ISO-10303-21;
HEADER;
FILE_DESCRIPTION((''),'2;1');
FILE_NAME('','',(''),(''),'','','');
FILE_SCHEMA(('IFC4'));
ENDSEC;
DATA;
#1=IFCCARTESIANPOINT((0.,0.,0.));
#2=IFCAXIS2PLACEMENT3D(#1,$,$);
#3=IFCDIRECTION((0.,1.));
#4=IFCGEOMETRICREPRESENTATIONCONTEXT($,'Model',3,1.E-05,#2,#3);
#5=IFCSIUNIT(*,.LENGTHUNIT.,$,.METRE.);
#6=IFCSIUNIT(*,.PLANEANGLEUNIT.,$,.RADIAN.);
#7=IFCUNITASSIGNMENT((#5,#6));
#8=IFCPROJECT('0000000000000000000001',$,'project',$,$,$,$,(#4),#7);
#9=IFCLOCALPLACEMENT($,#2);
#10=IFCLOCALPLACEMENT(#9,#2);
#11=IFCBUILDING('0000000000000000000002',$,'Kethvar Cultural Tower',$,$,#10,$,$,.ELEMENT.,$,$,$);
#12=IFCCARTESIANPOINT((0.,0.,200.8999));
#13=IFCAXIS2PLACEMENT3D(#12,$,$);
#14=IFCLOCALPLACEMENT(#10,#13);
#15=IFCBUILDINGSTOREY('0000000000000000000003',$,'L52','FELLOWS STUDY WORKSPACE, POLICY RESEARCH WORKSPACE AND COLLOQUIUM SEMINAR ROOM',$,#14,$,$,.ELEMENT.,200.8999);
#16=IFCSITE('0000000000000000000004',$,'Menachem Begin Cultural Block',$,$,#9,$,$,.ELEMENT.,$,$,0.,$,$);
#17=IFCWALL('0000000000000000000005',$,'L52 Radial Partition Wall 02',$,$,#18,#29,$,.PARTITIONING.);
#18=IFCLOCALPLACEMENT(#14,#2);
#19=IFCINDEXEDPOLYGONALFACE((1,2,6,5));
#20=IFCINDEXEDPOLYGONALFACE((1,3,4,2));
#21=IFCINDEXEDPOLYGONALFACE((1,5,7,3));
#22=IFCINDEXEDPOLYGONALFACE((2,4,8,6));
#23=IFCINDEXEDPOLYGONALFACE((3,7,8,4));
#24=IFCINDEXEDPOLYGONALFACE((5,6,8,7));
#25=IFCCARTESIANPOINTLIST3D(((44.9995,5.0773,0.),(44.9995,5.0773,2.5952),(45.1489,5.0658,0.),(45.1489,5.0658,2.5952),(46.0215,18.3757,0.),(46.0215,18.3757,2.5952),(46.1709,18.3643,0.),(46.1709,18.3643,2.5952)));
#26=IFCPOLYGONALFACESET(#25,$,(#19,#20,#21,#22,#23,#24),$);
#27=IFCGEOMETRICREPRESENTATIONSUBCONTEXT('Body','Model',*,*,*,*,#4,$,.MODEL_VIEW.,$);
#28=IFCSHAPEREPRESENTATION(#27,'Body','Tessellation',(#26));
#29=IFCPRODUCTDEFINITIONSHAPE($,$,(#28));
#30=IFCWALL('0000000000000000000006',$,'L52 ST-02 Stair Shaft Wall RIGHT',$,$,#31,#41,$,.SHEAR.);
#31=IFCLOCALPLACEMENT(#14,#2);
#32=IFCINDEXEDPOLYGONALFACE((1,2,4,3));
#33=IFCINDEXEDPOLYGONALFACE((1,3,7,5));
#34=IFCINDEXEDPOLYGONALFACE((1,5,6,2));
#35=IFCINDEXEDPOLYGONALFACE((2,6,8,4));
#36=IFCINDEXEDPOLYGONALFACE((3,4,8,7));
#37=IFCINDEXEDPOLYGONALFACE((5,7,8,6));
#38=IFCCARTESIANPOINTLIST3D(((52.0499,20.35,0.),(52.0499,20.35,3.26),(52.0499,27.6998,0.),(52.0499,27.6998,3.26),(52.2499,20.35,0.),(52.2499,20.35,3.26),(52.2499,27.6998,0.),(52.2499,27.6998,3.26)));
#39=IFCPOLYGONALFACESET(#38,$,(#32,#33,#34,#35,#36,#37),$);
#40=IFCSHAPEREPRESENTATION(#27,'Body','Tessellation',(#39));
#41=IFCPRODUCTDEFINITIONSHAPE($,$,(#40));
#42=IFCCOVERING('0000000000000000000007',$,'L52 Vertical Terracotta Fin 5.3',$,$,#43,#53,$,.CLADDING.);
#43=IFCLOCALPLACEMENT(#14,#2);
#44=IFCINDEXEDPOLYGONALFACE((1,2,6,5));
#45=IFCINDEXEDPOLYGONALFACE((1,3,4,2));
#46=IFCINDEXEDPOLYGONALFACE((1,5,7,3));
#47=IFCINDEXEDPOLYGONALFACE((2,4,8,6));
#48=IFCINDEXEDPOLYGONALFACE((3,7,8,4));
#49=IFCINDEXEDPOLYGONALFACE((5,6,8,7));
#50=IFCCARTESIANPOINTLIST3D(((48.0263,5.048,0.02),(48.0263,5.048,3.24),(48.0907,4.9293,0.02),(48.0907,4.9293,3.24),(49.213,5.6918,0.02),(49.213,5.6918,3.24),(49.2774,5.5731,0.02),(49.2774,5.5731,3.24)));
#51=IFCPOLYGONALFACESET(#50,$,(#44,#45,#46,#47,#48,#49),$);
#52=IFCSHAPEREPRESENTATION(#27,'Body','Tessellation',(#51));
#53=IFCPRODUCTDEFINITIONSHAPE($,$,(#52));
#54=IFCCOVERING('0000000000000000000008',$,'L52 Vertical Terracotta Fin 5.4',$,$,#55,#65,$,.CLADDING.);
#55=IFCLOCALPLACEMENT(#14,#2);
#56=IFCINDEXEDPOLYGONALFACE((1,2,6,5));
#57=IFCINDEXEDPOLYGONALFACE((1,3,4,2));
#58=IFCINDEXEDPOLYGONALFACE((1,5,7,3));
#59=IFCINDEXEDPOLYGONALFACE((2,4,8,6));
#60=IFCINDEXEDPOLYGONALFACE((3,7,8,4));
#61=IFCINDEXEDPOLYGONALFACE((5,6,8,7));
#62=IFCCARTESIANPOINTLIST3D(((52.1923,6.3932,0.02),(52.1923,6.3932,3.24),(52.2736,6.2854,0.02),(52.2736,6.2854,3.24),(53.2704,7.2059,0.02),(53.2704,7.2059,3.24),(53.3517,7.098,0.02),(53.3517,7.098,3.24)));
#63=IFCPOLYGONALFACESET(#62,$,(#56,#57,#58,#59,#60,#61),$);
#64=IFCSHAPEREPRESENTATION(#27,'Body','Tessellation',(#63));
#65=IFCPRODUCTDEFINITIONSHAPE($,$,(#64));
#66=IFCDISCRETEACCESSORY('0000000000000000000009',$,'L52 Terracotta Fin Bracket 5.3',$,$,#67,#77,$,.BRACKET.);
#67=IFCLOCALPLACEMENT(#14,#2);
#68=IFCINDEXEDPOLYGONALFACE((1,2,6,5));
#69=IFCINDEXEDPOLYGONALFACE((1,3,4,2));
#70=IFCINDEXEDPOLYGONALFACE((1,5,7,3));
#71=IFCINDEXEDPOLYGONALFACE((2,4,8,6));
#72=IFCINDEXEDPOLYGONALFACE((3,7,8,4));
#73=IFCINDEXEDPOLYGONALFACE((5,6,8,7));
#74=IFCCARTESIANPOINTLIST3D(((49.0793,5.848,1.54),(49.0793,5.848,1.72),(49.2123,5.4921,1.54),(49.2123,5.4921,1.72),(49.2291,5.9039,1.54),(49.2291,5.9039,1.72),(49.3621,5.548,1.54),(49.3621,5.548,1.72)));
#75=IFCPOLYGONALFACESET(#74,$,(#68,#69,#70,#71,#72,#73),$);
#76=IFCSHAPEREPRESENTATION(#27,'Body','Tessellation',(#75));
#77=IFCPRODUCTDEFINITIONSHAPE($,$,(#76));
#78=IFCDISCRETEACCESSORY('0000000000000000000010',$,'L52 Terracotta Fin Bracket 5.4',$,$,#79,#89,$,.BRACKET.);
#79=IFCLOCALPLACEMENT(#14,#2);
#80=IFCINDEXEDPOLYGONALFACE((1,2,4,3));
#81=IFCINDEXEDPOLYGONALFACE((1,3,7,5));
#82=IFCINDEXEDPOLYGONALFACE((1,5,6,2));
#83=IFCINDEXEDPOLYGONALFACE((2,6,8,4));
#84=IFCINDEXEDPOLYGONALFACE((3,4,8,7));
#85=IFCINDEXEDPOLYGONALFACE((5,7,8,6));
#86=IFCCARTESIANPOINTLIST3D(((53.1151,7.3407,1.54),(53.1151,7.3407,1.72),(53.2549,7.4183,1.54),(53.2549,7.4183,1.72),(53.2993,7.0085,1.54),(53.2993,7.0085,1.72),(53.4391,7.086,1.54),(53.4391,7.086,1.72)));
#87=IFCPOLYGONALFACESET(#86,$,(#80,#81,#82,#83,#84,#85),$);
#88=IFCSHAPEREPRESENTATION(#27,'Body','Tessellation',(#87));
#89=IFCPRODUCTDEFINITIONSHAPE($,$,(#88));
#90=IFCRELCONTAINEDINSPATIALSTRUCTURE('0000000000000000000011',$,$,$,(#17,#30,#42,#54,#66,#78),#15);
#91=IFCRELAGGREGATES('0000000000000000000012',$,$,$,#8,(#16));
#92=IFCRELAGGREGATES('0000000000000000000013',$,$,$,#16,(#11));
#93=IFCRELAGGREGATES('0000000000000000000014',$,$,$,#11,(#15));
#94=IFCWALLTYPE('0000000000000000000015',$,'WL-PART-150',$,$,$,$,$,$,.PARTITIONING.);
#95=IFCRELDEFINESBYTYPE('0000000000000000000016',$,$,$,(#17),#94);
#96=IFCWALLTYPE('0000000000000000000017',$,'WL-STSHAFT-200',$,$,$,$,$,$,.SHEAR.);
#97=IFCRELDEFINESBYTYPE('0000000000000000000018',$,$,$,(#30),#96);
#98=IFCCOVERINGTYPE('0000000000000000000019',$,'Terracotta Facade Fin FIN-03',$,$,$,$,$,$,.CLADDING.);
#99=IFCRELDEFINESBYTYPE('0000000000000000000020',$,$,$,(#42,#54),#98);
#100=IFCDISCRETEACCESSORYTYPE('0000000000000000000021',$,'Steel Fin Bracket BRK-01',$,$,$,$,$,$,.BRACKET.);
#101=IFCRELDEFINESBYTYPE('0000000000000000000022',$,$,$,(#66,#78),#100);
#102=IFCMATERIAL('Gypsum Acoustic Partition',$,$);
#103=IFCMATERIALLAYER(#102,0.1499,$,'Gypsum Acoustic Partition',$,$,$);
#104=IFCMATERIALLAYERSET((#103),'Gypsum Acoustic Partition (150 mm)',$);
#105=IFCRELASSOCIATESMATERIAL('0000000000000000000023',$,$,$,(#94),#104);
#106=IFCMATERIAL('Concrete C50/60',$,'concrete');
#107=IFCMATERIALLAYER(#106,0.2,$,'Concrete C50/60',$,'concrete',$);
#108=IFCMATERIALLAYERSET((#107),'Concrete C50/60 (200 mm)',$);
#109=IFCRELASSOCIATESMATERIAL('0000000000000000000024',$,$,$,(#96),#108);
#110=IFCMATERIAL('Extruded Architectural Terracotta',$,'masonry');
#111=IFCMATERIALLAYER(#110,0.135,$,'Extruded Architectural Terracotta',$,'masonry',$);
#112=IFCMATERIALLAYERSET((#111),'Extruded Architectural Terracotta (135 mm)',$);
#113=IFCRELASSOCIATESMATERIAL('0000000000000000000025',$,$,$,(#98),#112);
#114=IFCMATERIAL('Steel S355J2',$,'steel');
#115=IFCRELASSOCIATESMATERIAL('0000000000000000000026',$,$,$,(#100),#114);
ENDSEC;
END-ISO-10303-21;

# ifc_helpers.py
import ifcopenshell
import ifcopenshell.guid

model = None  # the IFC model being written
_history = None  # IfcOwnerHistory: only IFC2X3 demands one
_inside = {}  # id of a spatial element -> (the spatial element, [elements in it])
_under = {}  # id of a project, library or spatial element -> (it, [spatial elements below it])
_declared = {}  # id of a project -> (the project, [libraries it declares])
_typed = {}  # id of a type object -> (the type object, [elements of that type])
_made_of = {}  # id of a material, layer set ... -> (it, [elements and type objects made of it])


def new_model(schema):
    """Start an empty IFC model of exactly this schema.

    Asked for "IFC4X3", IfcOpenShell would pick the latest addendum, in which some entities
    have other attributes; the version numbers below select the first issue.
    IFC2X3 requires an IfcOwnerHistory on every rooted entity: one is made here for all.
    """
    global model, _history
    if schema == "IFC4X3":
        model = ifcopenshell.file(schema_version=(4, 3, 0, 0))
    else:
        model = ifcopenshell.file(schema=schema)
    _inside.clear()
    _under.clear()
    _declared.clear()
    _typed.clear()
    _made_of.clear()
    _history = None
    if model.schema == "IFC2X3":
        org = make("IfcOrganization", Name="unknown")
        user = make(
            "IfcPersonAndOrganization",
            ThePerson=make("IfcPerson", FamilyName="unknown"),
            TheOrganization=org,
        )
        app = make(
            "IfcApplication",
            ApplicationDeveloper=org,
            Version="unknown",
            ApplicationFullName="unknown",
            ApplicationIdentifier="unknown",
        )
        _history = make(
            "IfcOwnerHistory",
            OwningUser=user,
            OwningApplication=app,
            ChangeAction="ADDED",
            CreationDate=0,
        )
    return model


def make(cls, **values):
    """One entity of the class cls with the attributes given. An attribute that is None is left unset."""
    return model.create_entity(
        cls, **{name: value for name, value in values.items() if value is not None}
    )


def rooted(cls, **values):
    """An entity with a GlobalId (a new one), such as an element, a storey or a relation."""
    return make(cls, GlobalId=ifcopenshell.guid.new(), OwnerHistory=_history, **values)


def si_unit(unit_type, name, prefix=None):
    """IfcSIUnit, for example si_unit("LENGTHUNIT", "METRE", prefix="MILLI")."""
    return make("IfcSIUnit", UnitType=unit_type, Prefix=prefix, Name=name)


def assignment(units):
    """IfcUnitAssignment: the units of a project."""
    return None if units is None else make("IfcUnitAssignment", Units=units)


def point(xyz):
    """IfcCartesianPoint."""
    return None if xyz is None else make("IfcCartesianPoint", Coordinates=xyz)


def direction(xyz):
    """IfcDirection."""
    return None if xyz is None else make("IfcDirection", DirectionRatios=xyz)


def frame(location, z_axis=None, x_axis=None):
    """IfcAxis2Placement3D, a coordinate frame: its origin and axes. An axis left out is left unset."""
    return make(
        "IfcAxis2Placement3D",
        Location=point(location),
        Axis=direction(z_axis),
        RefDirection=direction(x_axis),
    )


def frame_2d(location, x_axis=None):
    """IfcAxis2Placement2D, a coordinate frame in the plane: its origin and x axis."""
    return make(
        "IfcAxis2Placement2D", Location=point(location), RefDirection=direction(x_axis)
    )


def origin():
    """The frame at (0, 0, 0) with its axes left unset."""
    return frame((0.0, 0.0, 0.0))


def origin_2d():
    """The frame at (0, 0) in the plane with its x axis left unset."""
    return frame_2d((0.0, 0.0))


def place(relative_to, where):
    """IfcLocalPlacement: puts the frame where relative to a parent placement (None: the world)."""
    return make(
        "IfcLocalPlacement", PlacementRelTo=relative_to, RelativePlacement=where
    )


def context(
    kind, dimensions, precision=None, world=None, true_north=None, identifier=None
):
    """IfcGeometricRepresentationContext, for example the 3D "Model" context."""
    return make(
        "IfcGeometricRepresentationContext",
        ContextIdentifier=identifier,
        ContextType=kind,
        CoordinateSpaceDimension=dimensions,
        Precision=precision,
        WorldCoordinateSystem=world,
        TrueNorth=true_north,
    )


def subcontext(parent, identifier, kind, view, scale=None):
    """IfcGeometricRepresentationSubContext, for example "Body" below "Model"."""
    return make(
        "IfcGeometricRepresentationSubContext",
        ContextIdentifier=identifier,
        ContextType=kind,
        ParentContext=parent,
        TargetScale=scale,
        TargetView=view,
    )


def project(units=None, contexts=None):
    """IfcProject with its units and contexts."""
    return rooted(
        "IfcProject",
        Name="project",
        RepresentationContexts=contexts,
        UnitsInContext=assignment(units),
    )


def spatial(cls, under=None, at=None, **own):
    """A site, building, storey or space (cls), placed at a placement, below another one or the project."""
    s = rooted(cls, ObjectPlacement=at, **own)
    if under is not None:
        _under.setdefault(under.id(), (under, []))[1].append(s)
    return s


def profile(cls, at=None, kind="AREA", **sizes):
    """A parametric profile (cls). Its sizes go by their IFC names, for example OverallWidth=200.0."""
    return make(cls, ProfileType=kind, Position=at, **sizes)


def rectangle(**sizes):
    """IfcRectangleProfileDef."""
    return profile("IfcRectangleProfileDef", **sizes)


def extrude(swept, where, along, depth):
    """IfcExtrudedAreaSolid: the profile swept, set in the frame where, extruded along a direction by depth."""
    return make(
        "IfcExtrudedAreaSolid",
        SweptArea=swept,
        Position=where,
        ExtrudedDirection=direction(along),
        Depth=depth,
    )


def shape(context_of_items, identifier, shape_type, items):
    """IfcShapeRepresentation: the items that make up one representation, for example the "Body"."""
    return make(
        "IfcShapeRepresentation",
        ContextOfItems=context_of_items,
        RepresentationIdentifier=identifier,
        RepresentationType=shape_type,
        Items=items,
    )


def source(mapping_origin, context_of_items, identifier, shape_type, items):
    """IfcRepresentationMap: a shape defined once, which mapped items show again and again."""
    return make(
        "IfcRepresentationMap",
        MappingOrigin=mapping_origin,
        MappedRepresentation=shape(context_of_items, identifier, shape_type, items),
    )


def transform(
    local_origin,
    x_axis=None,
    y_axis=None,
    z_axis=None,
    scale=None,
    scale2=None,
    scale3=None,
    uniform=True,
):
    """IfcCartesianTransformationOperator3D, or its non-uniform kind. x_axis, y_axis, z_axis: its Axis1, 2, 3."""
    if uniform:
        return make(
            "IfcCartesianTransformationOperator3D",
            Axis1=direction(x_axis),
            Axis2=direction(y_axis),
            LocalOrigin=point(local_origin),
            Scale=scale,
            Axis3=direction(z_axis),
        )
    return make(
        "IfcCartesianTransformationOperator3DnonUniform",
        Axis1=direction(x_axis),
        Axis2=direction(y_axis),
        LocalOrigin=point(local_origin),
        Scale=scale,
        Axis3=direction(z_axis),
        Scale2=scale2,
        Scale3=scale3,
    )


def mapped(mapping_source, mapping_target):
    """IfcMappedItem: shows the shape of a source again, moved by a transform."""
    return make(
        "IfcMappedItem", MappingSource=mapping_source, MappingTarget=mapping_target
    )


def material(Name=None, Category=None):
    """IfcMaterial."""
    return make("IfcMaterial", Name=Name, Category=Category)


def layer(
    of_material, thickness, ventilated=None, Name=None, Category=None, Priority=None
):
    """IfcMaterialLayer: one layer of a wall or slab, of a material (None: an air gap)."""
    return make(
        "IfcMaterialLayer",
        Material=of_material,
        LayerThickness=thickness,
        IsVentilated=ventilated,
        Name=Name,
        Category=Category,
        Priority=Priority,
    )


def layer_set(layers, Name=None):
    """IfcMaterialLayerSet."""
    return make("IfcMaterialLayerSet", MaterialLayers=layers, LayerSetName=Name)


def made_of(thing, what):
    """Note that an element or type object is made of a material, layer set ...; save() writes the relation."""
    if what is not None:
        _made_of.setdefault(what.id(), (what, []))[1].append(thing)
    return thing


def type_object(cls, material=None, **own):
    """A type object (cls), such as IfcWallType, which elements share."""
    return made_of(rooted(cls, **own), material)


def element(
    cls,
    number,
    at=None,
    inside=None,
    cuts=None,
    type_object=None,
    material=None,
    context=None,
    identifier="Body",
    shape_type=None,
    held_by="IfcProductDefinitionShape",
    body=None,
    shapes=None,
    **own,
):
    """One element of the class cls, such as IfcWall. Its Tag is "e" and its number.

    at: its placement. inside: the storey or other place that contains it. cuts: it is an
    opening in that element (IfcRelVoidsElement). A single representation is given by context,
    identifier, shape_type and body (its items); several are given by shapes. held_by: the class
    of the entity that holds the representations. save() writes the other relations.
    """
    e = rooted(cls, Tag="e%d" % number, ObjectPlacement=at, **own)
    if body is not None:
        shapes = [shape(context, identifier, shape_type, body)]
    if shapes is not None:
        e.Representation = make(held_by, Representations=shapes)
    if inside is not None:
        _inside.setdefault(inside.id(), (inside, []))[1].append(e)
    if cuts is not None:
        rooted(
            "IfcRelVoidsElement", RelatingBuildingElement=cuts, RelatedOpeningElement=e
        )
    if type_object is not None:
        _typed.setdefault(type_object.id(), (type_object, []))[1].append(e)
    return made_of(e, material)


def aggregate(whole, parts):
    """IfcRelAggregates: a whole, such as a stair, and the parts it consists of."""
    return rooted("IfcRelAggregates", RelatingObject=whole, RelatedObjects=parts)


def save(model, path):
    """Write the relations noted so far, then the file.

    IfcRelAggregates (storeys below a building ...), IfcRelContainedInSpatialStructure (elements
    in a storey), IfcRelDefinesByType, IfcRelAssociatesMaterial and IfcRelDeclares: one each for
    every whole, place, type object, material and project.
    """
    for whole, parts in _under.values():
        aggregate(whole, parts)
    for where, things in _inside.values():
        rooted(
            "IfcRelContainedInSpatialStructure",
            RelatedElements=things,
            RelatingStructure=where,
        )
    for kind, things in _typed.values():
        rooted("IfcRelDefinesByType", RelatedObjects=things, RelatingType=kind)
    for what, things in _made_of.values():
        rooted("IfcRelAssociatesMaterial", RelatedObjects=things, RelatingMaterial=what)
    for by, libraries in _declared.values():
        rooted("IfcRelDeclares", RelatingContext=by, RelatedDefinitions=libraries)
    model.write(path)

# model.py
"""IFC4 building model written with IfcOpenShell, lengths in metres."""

from ifc_helpers import new_model, si_unit, direction, frame, frame_2d, origin, origin_2d, place, context, subcontext, project, spatial, rectangle, extrude, source, transform, mapped, material, layer, layer_set, type_object, element, save


model = new_model("IFC4")

# Units and contexts
model_context = context("Model", 3, precision=1e-05, world=origin(), true_north=direction((0.0, 1.0)))
body_context = subcontext(model_context, "Body", "Model", "MODEL_VIEW")
ifc_project = project(units=[si_unit("LENGTHUNIT", "METRE"), si_unit("PLANEANGLEUNIT", "RADIAN")], contexts=[model_context])

# Site, building, storey
site_placement = place(None, origin())
site = spatial("IfcSite", under=ifc_project, at=site_placement, Name="Menachem Begin Cultural Block", CompositionType="ELEMENT", RefElevation=0.0)
building_placement = place(site_placement, origin())
building = spatial("IfcBuilding", under=site, at=building_placement, Name="Kethvar Cultural Tower", CompositionType="ELEMENT")
storey_placement = place(building_placement, frame((0.0, 0.0, 200.8999)))
storey = spatial("IfcBuildingStorey", under=building, at=storey_placement, Name="L52", Description="FELLOWS STUDY WORKSPACE, POLICY RESEARCH WORKSPACE AND COLLOQUIUM SEMINAR ROOM", CompositionType="ELEMENT", Elevation=200.8999)

# Shared definitions
ifc_material_1 = material(Name="Steel S355J2", Category="steel")

# Walls
ifc_material_2 = material(Name="Gypsum Acoustic Partition")
ifc_layer_1 = layer(ifc_material_2, 0.1499, Name="Gypsum Acoustic Partition")
ifc_layer_set_1 = layer_set([ifc_layer_1], Name="Gypsum Acoustic Partition (150 mm)")
wall_type_1 = type_object("IfcWallType", Name="WL-PART-150", PredefinedType="PARTITIONING", material=ifc_layer_set_1)
wall_1_placement = place(storey_placement, frame((46.0962, 18.3701, 0.0), z_axis=(0.0, 0.0, 1.0), x_axis=(-0.076624, -0.99706, 0.0)))
element("IfcWall", 1, at=wall_1_placement, inside=storey, type_object=wall_type_1, Name="L52 Radial Partition Wall 02", PredefinedType="PARTITIONING", context=body_context, shape_type="SweptSolid", body=[
    extrude(rectangle(XDim=13.3376, YDim=0.1499, at=frame_2d((6.6689, 0.0))), origin(), (0.0, 0.0, 1.0), 2.5952),
])
ifc_material_3 = material(Name="Concrete C50/60", Category="concrete")
ifc_layer_2 = layer(ifc_material_3, 0.2, Name="Concrete C50/60", Category="concrete")
ifc_layer_set_2 = layer_set([ifc_layer_2], Name="Concrete C50/60 (200 mm)")
wall_type_2 = type_object("IfcWallType", Name="WL-STSHAFT-200", PredefinedType="SHEAR", material=ifc_layer_set_2)
wall_2_placement = place(storey_placement, frame((52.1499, 20.3501, 0.0), z_axis=(0.0, 0.0, 1.0), x_axis=(0.0, 1.0, 0.0)))
element("IfcWall", 2, at=wall_2_placement, inside=storey, type_object=wall_type_2, Name="L52 ST-02 Stair Shaft Wall RIGHT", PredefinedType="SHEAR", context=body_context, shape_type="SweptSolid", body=[
    extrude(rectangle(XDim=7.3499, YDim=0.2, at=frame_2d((3.6748, 0.0))), origin(), (0.0, 0.0, 1.0), 3.26),
])

# Coverings
ifc_material_4 = material(Name="Extruded Architectural Terracotta", Category="masonry")
ifc_layer_3 = layer(ifc_material_4, 0.135, Name="Extruded Architectural Terracotta", Category="masonry")
ifc_layer_set_3 = layer_set([ifc_layer_3], Name="Extruded Architectural Terracotta (135 mm)")
covering_type = type_object("IfcCoveringType", Name="Terracotta Facade Fin FIN-03", PredefinedType="CLADDING", material=ifc_layer_set_3)
shared_shape_1 = source(origin(), body_context, "Body", "SweptSolid", [
    extrude(rectangle(XDim=1.3501, YDim=0.135, at=origin_2d()), origin(), (0.0, 0.0, 1.0), 3.22),
])
for number, where, z_axis, x_axis, name in (
    (3, (48.6519, 5.3105, 0.02), (0.0, 0.0, 1.0), (-0.878984, -0.476852, 0.0), "L52 Vertical Terracotta Fin 5.3"),
    (4, (52.772, 6.7456, 0.02), (0.0, 0.0, 1.0), (-0.79853, -0.601954, 0.0), "L52 Vertical Terracotta Fin 5.4"),
):
    element("IfcCovering", number, at=place(storey_placement, frame(where, z_axis=z_axis, x_axis=x_axis)), inside=storey, type_object=covering_type, Name=name, PredefinedType="CLADDING", context=body_context, shape_type="MappedRepresentation", body=[
        mapped(shared_shape_1, transform((0.0, 0.0, 0.0), scale=1.0)),
    ])

# Discrete accessories
discrete_accessory_type = type_object("IfcDiscreteAccessoryType", Name="Steel Fin Bracket BRK-01", PredefinedType="BRACKET", material=ifc_material_1)
shared_shape_2 = source(origin(), body_context, "Body", "SweptSolid", [
    extrude(rectangle(XDim=0.3799, YDim=0.1599, at=origin_2d()), origin(), (0.0, 0.0, 1.0), 0.1799),
])
for number, where, z_axis, x_axis, name in (
    (5, (49.2207, 5.698, 1.54), (0.0, 0.0, 1.0), (0.34988, -0.936794, 0.0), "L52 Terracotta Fin Bracket 5.3"),
    (6, (53.2771, 7.2134, 1.54), (0.0, 0.0, 1.0), (0.484962, -0.874535, 0.0), "L52 Terracotta Fin Bracket 5.4"),
):
    element("IfcDiscreteAccessory", number, at=place(storey_placement, frame(where, z_axis=z_axis, x_axis=x_axis)), inside=storey, type_object=discrete_accessory_type, Name=name, PredefinedType="BRACKET", context=body_context, shape_type="MappedRepresentation", body=[
        mapped(shared_shape_2, transform((0.0, 0.0, 0.0), scale=1.0)),
    ])

save(model, "model.ifc")
